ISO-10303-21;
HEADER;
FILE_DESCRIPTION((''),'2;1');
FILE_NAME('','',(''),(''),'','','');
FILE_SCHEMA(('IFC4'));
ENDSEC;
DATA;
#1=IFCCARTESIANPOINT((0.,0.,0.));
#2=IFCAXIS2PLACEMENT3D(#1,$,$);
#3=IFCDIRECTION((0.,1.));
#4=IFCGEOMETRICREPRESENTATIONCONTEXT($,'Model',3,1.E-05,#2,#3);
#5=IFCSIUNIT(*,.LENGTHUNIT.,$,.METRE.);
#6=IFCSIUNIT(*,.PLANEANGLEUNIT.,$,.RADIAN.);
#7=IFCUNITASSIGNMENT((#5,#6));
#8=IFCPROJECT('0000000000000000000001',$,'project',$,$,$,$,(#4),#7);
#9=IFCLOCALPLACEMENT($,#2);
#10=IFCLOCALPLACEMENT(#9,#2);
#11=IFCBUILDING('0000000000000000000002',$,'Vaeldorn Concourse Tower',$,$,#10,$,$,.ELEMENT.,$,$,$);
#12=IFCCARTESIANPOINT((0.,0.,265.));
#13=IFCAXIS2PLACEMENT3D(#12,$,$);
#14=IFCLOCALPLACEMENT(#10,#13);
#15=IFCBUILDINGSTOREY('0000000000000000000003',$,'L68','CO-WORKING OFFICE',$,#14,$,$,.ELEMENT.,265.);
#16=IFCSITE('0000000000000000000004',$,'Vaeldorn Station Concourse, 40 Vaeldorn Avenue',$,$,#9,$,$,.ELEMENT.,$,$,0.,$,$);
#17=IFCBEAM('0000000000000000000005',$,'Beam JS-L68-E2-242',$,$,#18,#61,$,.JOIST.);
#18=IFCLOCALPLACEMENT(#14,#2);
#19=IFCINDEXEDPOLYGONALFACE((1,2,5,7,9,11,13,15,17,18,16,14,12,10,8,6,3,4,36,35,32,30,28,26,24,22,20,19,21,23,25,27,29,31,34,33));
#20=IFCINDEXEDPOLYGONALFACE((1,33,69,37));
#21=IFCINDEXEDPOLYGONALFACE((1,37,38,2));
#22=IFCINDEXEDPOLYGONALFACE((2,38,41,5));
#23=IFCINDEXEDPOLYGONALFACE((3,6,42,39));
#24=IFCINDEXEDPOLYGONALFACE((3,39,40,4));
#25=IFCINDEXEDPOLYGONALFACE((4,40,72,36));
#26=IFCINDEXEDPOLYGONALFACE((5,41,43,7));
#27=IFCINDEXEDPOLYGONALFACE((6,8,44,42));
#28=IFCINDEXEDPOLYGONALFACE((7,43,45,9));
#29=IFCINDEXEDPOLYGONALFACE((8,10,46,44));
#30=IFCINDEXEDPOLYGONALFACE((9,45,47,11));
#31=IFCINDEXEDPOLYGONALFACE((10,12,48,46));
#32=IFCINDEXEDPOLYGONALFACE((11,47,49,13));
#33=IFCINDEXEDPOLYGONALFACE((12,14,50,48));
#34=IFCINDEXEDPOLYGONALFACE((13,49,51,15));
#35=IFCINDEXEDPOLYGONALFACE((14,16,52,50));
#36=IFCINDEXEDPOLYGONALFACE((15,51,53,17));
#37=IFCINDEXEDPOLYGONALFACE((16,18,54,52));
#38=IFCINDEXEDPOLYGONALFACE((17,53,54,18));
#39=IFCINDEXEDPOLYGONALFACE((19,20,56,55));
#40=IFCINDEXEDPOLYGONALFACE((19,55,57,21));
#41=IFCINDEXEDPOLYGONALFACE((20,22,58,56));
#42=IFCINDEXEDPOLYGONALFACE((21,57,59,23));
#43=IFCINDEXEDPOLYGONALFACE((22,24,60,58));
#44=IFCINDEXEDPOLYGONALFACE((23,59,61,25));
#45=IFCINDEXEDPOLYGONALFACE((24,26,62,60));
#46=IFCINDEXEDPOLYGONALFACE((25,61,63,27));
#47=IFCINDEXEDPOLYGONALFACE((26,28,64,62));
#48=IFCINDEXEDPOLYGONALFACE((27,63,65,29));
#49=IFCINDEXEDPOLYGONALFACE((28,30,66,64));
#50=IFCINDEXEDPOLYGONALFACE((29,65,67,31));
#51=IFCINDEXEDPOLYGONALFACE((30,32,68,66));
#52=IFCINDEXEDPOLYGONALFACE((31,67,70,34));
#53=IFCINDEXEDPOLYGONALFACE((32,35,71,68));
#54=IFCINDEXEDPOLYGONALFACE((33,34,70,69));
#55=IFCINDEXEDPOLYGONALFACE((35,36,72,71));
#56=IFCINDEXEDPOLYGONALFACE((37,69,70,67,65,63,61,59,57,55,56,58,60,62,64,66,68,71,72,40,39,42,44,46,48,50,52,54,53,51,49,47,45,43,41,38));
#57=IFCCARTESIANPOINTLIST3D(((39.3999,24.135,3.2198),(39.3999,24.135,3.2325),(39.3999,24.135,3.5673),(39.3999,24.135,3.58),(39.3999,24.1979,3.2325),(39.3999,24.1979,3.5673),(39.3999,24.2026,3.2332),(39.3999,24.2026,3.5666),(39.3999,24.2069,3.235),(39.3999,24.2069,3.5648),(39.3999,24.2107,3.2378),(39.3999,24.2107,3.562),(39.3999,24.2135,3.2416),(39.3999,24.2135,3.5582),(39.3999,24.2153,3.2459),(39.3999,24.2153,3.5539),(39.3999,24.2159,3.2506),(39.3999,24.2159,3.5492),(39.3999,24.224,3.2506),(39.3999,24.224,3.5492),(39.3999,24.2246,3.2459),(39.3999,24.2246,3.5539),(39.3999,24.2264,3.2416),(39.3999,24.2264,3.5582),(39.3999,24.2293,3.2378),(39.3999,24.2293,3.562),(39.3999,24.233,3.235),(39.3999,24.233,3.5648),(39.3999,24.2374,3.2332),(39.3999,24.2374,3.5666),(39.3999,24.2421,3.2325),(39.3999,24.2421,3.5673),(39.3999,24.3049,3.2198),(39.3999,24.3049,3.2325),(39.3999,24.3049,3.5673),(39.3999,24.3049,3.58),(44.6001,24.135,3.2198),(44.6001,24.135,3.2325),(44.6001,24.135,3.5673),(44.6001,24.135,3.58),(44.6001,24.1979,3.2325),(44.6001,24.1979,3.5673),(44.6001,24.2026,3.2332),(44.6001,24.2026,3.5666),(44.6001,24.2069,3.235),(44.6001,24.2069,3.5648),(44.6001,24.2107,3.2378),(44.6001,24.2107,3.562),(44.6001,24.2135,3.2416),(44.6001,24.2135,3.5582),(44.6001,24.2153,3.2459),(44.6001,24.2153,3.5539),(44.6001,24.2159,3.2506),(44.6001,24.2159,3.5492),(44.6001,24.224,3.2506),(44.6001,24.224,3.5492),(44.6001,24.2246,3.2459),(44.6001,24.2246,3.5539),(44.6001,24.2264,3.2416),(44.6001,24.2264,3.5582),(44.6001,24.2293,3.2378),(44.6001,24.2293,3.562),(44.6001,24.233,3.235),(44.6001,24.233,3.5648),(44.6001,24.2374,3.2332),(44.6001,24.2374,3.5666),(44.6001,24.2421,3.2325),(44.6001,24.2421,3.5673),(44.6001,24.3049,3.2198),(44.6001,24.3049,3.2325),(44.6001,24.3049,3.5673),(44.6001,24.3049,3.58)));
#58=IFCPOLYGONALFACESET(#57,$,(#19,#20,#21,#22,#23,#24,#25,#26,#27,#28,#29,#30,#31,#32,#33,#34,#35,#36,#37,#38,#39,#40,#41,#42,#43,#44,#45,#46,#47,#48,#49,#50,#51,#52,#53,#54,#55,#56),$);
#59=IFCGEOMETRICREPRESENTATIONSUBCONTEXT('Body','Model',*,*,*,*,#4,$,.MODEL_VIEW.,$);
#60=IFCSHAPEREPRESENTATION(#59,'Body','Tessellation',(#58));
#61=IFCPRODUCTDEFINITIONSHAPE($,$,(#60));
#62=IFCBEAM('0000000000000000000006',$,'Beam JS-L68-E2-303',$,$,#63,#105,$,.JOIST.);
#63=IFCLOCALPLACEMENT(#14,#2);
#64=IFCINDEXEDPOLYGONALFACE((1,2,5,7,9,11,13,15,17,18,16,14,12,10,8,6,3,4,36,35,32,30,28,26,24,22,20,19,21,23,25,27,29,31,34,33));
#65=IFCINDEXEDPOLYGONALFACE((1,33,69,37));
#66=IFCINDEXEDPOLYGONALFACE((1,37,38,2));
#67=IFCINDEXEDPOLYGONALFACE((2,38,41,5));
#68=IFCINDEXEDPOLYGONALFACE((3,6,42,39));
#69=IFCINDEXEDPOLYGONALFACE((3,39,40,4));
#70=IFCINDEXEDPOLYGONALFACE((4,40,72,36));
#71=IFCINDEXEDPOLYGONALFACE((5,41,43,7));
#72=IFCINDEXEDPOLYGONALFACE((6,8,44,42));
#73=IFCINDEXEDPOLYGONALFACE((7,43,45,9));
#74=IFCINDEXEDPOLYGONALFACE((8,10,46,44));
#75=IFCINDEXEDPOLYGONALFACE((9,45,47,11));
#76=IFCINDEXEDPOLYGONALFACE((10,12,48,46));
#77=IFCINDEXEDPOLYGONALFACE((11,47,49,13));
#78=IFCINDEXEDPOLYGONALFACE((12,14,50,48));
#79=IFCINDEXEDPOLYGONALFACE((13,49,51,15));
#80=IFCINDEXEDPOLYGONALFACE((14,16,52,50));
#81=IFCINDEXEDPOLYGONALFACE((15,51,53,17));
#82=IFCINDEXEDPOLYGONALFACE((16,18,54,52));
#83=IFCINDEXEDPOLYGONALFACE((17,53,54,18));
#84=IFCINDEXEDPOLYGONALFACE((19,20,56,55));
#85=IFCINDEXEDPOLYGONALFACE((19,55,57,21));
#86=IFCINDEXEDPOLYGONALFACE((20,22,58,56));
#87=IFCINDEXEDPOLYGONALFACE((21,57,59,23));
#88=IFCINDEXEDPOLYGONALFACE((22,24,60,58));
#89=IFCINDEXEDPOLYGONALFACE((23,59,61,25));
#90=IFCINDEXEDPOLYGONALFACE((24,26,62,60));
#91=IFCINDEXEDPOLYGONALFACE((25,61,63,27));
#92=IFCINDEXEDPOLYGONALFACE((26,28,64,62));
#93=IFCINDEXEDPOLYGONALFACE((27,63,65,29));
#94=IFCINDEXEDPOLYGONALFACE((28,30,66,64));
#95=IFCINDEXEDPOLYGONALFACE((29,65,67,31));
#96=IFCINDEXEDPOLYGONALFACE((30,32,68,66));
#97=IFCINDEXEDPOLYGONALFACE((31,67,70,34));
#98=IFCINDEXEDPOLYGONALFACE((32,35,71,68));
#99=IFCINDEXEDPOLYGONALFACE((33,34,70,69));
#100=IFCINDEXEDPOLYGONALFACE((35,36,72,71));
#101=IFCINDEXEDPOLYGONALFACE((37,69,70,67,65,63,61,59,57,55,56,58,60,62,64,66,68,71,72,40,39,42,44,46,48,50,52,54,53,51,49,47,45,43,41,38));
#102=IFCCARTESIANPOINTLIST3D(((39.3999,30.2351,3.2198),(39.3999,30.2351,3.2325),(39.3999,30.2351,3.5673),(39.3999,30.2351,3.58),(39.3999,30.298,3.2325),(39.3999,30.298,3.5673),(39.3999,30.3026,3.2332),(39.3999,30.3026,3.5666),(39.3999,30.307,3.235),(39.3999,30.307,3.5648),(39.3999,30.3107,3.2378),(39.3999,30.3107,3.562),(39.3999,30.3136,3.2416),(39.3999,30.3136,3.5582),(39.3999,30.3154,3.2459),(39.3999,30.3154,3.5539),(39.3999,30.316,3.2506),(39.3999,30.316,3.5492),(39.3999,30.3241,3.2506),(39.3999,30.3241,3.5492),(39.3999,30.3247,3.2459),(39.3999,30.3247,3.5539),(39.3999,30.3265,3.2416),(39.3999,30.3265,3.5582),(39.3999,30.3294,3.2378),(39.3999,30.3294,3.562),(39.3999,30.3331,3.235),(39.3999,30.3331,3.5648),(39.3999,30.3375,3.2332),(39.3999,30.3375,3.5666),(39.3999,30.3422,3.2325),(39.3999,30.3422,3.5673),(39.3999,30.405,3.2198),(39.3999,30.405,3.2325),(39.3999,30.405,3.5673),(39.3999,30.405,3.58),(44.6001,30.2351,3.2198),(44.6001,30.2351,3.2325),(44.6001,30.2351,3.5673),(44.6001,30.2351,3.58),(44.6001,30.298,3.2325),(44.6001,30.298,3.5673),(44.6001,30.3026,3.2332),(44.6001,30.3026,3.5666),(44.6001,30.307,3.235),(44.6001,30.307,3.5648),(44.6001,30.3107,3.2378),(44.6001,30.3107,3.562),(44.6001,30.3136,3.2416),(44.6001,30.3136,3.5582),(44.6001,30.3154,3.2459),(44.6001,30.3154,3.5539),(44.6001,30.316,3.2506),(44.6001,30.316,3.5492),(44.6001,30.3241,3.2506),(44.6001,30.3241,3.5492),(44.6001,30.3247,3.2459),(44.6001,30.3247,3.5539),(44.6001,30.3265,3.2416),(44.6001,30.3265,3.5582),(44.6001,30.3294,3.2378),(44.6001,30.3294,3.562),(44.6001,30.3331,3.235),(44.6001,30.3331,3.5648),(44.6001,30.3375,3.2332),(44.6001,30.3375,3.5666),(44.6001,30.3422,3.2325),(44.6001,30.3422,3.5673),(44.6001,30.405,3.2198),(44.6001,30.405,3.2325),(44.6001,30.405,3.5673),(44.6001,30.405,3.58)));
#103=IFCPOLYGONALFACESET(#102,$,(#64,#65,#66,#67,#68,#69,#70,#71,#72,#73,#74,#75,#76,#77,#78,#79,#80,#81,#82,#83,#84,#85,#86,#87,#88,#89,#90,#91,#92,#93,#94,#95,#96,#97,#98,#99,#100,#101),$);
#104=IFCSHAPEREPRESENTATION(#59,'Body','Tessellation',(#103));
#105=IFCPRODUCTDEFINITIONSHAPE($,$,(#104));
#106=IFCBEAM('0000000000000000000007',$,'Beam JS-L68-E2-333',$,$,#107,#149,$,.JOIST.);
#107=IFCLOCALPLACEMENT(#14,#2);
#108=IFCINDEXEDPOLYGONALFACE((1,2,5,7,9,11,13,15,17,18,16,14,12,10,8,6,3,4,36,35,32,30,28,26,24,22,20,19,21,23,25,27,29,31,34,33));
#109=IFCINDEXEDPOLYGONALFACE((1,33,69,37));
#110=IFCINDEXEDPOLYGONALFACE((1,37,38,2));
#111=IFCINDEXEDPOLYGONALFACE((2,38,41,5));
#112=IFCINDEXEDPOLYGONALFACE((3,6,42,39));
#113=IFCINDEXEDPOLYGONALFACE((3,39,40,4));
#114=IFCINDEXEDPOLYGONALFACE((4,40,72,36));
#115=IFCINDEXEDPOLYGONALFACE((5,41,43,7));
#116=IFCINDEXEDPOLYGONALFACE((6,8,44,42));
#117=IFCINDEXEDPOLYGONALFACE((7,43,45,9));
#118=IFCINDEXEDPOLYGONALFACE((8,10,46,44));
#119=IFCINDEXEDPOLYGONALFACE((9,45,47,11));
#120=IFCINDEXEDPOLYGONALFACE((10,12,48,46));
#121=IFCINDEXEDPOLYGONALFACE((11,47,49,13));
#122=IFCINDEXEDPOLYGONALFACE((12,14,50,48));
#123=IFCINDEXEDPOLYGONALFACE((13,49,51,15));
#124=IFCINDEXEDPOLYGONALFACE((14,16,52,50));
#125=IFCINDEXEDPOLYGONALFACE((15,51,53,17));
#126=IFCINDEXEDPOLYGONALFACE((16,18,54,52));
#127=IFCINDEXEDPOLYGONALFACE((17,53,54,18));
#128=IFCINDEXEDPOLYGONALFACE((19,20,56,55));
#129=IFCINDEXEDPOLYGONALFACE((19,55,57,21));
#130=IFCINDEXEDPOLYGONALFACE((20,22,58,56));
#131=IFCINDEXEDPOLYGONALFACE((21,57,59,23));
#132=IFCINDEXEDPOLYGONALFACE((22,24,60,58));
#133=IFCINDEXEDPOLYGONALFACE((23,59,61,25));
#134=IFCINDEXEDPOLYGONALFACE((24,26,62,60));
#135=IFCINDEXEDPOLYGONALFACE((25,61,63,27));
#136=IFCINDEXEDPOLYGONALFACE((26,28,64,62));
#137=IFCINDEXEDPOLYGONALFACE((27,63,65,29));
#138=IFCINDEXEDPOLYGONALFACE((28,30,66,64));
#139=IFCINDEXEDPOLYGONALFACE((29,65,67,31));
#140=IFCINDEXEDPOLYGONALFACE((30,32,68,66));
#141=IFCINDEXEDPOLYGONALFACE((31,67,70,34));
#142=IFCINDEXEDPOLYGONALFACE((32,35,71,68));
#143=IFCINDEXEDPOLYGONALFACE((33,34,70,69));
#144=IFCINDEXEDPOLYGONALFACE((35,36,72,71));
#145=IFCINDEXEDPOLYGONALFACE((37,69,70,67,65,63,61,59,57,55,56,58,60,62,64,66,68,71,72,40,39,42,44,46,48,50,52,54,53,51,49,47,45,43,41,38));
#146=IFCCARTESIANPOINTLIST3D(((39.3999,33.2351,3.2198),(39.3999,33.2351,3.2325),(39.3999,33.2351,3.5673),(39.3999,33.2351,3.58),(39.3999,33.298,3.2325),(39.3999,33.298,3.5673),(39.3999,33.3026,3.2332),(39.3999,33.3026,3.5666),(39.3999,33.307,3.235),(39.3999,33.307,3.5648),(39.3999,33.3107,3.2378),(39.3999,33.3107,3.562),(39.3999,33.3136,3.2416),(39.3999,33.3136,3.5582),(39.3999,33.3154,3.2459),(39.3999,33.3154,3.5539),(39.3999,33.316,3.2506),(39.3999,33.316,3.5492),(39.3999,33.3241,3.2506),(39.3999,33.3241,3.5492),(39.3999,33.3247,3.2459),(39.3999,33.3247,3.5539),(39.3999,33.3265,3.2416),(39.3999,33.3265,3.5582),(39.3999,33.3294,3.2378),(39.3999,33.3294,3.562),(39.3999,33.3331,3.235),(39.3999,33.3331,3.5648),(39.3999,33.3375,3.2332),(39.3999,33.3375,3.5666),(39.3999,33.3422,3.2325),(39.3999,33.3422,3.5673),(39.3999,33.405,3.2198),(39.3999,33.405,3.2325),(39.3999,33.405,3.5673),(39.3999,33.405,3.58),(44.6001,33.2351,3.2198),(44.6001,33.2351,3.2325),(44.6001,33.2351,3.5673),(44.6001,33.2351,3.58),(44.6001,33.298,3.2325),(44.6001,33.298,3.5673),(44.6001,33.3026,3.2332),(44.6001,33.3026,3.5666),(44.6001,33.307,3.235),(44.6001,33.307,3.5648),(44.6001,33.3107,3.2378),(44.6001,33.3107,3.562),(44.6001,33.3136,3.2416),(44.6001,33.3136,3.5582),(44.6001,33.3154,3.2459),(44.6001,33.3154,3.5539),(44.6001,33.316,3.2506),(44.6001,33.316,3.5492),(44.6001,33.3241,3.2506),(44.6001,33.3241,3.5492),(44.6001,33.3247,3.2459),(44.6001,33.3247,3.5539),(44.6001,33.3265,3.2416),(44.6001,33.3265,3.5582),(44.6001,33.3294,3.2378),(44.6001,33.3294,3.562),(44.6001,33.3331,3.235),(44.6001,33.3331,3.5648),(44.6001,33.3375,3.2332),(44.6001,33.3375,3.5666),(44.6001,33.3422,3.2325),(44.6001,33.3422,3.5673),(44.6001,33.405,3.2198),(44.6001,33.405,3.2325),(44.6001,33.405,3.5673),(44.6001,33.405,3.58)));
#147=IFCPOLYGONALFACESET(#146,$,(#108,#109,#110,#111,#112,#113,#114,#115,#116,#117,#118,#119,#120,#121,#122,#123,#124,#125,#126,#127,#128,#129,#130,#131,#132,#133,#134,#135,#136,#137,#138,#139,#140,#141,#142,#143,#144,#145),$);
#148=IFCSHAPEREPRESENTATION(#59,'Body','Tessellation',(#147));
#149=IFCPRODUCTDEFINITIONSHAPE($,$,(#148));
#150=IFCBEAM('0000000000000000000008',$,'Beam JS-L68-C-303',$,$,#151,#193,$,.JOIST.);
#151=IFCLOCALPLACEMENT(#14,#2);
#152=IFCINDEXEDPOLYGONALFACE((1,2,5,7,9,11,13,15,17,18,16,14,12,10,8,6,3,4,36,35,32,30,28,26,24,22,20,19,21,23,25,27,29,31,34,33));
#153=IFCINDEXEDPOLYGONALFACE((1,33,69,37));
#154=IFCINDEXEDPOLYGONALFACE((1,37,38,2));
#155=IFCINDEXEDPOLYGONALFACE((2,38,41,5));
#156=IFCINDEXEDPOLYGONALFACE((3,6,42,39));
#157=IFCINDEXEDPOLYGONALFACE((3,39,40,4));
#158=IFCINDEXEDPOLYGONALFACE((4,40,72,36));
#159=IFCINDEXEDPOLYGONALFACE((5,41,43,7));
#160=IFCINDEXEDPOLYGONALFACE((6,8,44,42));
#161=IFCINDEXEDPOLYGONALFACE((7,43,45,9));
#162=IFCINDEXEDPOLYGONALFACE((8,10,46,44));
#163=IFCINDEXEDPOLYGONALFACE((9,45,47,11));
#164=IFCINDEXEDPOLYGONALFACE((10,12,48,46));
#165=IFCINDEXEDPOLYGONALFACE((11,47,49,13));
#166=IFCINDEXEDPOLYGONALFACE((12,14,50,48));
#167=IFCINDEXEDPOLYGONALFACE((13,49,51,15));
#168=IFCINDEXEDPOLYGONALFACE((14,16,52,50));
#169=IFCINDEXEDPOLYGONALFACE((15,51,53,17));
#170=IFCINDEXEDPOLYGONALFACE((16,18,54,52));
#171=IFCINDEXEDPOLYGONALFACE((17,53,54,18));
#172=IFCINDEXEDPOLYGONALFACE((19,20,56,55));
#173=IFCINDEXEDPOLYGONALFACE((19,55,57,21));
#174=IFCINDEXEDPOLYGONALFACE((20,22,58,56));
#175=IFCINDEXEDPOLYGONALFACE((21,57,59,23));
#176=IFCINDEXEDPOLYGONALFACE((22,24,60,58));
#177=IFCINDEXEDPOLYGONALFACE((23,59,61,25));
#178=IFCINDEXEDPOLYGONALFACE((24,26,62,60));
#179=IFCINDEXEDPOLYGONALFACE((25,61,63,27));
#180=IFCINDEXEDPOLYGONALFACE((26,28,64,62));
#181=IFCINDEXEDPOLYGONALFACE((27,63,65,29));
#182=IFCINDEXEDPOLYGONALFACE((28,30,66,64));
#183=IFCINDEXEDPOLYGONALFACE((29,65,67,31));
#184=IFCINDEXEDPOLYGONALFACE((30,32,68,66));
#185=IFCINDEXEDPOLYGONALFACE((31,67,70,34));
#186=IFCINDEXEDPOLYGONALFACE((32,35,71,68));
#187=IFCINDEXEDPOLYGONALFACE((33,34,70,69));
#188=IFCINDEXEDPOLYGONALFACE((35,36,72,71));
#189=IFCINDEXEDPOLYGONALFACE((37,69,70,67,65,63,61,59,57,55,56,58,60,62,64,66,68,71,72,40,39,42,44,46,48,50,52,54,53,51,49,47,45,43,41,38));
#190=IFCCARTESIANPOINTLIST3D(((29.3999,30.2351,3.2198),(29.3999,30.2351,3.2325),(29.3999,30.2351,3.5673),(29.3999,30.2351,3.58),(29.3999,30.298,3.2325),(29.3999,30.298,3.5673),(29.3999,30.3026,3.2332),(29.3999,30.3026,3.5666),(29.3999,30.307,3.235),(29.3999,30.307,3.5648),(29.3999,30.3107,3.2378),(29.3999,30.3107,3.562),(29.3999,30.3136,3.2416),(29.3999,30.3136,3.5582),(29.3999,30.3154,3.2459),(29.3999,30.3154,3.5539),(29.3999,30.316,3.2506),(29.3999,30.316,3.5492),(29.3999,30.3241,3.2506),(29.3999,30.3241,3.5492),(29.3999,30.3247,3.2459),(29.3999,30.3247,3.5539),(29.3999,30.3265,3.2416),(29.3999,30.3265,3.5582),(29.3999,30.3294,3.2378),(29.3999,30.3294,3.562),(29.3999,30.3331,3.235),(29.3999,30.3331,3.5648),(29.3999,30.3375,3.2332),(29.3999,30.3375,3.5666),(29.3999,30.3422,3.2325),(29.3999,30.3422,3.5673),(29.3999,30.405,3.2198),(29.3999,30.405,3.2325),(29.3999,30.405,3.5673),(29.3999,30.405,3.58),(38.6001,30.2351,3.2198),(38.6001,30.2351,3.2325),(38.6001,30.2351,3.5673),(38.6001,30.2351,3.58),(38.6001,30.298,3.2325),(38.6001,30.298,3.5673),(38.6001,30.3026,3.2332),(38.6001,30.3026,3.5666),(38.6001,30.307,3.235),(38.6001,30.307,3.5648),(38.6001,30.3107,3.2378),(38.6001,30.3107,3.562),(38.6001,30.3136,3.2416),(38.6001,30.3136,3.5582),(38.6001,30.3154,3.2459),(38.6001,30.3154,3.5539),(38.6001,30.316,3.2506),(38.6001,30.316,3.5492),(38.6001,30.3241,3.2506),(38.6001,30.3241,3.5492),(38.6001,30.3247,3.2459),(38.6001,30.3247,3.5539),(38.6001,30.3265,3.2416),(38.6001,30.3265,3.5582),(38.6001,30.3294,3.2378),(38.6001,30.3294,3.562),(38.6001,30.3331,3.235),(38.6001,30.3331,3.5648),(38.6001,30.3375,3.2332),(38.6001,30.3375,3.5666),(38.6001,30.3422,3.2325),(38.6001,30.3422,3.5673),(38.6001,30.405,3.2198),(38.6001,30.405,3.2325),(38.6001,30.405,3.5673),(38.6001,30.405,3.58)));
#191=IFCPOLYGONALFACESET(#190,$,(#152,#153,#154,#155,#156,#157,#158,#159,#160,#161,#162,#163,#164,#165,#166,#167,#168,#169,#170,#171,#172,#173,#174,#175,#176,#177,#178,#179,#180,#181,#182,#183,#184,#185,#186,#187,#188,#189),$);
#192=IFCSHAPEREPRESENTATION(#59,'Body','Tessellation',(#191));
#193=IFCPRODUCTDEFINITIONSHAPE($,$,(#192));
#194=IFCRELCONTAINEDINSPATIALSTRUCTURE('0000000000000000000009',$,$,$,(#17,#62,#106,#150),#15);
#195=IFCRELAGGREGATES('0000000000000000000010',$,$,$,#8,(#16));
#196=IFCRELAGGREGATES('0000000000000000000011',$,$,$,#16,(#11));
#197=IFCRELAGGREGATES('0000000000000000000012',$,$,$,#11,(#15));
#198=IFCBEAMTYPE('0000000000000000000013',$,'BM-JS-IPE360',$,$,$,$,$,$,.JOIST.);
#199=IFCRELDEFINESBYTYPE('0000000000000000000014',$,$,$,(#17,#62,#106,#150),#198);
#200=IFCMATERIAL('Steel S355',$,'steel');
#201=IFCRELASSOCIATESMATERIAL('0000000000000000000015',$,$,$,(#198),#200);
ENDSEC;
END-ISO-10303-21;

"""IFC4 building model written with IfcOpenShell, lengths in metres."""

from ifc_helpers import new_model, si_unit, direction, frame, origin, origin_2d, place, context, subcontext, project, spatial, i_section, extrude, source, transform, mapped, material, material_profile, profile_set, type_object, element, save


model = new_model("IFC4")

# Units and contexts
model_context = context("Model", 3, precision=1e-05, world=origin(), true_north=direction((0.0, 1.0)))
body_context = subcontext(model_context, "Body", "Model", "MODEL_VIEW")
ifc_project = project(units=[si_unit("LENGTHUNIT", "METRE"), si_unit("PLANEANGLEUNIT", "RADIAN")], contexts=[model_context])

# Site, building, storey
site_placement = place(None, origin())
site = spatial("IfcSite", under=ifc_project, at=site_placement, Name="Vaeldorn Station Concourse, 40 Vaeldorn Avenue", CompositionType="ELEMENT", RefElevation=0.0)
building_placement = place(site_placement, origin())
building = spatial("IfcBuilding", under=site, at=building_placement, Name="Vaeldorn Concourse Tower", CompositionType="ELEMENT")
storey_placement = place(building_placement, frame((0.0, 0.0, 265.0)))
storey = spatial("IfcBuildingStorey", under=building, at=storey_placement, Name="L68", Description="CO-WORKING OFFICE", CompositionType="ELEMENT", Elevation=265.0)

# Shared definitions
ifc_material_1 = material(Name="Steel S355", Category="steel")

# Beams
ifc_material_profile_1 = material_profile(ifc_material_1, i_section(OverallWidth=0.1699, OverallDepth=0.3601, WebThickness=0.0081, FlangeThickness=0.0127, FilletRadius=0.0181, at=origin_2d()), Name="IPE 360")
ifc_profile_set_1 = profile_set([ifc_material_profile_1], Name="Steel S355")
beam_type_1 = type_object("IfcBeamType", Name="BM-JS-IPE360", PredefinedType="JOIST", material=ifc_profile_set_1)
shared_shape_1 = source(origin(), body_context, "Body", "SweptSolid", [
    extrude(i_section(OverallWidth=0.1699, OverallDepth=0.3601, WebThickness=0.0081, FlangeThickness=0.0127, FilletRadius=0.0181, at=origin_2d()), origin(), (0.0, 0.0, 1.0), 5.2002),
])
for number, where, z_axis, x_axis, name in (
    (1, (39.3999, 24.22, 3.3999), (1.0, 0.0, 0.0), (0.0, 1.0, 0.0), "Beam JS-L68-E2-242"),
    (2, (39.3999, 30.3201, 3.3999), (1.0, 0.0, 0.0), (0.0, 1.0, 0.0), "Beam JS-L68-E2-303"),
    (3, (39.3999, 33.3201, 3.3999), (1.0, 0.0, 0.0), (0.0, 1.0, 0.0), "Beam JS-L68-E2-333"),
):
    element("IfcBeam", number, at=place(storey_placement, frame(where, z_axis=z_axis, x_axis=x_axis)), inside=storey, type_object=beam_type_1, Name=name, PredefinedType="JOIST", context=body_context, shape_type="MappedRepresentation", body=[
        mapped(shared_shape_1, transform((0.0, 0.0, 0.0), scale=1.0)),
    ])
shared_shape_2 = source(origin(), body_context, "Body", "SweptSolid", [
    extrude(i_section(OverallWidth=0.1699, OverallDepth=0.3601, WebThickness=0.0081, FlangeThickness=0.0127, FilletRadius=0.0181, at=origin_2d()), origin(), (0.0, 0.0, 1.0), 9.2002),
])
for number, where, z_axis, x_axis, name in (
    (4, (29.3999, 30.3201, 3.3999), (1.0, 0.0, 0.0), (0.0, 1.0, 0.0), "Beam JS-L68-C-303"),
):
    element("IfcBeam", number, at=place(storey_placement, frame(where, z_axis=z_axis, x_axis=x_axis)), inside=storey, type_object=beam_type_1, Name=name, PredefinedType="JOIST", context=body_context, shape_type="MappedRepresentation", body=[
        mapped(shared_shape_2, transform((0.0, 0.0, 0.0), scale=1.0)),
    ])

save(model, "model.ifc")
